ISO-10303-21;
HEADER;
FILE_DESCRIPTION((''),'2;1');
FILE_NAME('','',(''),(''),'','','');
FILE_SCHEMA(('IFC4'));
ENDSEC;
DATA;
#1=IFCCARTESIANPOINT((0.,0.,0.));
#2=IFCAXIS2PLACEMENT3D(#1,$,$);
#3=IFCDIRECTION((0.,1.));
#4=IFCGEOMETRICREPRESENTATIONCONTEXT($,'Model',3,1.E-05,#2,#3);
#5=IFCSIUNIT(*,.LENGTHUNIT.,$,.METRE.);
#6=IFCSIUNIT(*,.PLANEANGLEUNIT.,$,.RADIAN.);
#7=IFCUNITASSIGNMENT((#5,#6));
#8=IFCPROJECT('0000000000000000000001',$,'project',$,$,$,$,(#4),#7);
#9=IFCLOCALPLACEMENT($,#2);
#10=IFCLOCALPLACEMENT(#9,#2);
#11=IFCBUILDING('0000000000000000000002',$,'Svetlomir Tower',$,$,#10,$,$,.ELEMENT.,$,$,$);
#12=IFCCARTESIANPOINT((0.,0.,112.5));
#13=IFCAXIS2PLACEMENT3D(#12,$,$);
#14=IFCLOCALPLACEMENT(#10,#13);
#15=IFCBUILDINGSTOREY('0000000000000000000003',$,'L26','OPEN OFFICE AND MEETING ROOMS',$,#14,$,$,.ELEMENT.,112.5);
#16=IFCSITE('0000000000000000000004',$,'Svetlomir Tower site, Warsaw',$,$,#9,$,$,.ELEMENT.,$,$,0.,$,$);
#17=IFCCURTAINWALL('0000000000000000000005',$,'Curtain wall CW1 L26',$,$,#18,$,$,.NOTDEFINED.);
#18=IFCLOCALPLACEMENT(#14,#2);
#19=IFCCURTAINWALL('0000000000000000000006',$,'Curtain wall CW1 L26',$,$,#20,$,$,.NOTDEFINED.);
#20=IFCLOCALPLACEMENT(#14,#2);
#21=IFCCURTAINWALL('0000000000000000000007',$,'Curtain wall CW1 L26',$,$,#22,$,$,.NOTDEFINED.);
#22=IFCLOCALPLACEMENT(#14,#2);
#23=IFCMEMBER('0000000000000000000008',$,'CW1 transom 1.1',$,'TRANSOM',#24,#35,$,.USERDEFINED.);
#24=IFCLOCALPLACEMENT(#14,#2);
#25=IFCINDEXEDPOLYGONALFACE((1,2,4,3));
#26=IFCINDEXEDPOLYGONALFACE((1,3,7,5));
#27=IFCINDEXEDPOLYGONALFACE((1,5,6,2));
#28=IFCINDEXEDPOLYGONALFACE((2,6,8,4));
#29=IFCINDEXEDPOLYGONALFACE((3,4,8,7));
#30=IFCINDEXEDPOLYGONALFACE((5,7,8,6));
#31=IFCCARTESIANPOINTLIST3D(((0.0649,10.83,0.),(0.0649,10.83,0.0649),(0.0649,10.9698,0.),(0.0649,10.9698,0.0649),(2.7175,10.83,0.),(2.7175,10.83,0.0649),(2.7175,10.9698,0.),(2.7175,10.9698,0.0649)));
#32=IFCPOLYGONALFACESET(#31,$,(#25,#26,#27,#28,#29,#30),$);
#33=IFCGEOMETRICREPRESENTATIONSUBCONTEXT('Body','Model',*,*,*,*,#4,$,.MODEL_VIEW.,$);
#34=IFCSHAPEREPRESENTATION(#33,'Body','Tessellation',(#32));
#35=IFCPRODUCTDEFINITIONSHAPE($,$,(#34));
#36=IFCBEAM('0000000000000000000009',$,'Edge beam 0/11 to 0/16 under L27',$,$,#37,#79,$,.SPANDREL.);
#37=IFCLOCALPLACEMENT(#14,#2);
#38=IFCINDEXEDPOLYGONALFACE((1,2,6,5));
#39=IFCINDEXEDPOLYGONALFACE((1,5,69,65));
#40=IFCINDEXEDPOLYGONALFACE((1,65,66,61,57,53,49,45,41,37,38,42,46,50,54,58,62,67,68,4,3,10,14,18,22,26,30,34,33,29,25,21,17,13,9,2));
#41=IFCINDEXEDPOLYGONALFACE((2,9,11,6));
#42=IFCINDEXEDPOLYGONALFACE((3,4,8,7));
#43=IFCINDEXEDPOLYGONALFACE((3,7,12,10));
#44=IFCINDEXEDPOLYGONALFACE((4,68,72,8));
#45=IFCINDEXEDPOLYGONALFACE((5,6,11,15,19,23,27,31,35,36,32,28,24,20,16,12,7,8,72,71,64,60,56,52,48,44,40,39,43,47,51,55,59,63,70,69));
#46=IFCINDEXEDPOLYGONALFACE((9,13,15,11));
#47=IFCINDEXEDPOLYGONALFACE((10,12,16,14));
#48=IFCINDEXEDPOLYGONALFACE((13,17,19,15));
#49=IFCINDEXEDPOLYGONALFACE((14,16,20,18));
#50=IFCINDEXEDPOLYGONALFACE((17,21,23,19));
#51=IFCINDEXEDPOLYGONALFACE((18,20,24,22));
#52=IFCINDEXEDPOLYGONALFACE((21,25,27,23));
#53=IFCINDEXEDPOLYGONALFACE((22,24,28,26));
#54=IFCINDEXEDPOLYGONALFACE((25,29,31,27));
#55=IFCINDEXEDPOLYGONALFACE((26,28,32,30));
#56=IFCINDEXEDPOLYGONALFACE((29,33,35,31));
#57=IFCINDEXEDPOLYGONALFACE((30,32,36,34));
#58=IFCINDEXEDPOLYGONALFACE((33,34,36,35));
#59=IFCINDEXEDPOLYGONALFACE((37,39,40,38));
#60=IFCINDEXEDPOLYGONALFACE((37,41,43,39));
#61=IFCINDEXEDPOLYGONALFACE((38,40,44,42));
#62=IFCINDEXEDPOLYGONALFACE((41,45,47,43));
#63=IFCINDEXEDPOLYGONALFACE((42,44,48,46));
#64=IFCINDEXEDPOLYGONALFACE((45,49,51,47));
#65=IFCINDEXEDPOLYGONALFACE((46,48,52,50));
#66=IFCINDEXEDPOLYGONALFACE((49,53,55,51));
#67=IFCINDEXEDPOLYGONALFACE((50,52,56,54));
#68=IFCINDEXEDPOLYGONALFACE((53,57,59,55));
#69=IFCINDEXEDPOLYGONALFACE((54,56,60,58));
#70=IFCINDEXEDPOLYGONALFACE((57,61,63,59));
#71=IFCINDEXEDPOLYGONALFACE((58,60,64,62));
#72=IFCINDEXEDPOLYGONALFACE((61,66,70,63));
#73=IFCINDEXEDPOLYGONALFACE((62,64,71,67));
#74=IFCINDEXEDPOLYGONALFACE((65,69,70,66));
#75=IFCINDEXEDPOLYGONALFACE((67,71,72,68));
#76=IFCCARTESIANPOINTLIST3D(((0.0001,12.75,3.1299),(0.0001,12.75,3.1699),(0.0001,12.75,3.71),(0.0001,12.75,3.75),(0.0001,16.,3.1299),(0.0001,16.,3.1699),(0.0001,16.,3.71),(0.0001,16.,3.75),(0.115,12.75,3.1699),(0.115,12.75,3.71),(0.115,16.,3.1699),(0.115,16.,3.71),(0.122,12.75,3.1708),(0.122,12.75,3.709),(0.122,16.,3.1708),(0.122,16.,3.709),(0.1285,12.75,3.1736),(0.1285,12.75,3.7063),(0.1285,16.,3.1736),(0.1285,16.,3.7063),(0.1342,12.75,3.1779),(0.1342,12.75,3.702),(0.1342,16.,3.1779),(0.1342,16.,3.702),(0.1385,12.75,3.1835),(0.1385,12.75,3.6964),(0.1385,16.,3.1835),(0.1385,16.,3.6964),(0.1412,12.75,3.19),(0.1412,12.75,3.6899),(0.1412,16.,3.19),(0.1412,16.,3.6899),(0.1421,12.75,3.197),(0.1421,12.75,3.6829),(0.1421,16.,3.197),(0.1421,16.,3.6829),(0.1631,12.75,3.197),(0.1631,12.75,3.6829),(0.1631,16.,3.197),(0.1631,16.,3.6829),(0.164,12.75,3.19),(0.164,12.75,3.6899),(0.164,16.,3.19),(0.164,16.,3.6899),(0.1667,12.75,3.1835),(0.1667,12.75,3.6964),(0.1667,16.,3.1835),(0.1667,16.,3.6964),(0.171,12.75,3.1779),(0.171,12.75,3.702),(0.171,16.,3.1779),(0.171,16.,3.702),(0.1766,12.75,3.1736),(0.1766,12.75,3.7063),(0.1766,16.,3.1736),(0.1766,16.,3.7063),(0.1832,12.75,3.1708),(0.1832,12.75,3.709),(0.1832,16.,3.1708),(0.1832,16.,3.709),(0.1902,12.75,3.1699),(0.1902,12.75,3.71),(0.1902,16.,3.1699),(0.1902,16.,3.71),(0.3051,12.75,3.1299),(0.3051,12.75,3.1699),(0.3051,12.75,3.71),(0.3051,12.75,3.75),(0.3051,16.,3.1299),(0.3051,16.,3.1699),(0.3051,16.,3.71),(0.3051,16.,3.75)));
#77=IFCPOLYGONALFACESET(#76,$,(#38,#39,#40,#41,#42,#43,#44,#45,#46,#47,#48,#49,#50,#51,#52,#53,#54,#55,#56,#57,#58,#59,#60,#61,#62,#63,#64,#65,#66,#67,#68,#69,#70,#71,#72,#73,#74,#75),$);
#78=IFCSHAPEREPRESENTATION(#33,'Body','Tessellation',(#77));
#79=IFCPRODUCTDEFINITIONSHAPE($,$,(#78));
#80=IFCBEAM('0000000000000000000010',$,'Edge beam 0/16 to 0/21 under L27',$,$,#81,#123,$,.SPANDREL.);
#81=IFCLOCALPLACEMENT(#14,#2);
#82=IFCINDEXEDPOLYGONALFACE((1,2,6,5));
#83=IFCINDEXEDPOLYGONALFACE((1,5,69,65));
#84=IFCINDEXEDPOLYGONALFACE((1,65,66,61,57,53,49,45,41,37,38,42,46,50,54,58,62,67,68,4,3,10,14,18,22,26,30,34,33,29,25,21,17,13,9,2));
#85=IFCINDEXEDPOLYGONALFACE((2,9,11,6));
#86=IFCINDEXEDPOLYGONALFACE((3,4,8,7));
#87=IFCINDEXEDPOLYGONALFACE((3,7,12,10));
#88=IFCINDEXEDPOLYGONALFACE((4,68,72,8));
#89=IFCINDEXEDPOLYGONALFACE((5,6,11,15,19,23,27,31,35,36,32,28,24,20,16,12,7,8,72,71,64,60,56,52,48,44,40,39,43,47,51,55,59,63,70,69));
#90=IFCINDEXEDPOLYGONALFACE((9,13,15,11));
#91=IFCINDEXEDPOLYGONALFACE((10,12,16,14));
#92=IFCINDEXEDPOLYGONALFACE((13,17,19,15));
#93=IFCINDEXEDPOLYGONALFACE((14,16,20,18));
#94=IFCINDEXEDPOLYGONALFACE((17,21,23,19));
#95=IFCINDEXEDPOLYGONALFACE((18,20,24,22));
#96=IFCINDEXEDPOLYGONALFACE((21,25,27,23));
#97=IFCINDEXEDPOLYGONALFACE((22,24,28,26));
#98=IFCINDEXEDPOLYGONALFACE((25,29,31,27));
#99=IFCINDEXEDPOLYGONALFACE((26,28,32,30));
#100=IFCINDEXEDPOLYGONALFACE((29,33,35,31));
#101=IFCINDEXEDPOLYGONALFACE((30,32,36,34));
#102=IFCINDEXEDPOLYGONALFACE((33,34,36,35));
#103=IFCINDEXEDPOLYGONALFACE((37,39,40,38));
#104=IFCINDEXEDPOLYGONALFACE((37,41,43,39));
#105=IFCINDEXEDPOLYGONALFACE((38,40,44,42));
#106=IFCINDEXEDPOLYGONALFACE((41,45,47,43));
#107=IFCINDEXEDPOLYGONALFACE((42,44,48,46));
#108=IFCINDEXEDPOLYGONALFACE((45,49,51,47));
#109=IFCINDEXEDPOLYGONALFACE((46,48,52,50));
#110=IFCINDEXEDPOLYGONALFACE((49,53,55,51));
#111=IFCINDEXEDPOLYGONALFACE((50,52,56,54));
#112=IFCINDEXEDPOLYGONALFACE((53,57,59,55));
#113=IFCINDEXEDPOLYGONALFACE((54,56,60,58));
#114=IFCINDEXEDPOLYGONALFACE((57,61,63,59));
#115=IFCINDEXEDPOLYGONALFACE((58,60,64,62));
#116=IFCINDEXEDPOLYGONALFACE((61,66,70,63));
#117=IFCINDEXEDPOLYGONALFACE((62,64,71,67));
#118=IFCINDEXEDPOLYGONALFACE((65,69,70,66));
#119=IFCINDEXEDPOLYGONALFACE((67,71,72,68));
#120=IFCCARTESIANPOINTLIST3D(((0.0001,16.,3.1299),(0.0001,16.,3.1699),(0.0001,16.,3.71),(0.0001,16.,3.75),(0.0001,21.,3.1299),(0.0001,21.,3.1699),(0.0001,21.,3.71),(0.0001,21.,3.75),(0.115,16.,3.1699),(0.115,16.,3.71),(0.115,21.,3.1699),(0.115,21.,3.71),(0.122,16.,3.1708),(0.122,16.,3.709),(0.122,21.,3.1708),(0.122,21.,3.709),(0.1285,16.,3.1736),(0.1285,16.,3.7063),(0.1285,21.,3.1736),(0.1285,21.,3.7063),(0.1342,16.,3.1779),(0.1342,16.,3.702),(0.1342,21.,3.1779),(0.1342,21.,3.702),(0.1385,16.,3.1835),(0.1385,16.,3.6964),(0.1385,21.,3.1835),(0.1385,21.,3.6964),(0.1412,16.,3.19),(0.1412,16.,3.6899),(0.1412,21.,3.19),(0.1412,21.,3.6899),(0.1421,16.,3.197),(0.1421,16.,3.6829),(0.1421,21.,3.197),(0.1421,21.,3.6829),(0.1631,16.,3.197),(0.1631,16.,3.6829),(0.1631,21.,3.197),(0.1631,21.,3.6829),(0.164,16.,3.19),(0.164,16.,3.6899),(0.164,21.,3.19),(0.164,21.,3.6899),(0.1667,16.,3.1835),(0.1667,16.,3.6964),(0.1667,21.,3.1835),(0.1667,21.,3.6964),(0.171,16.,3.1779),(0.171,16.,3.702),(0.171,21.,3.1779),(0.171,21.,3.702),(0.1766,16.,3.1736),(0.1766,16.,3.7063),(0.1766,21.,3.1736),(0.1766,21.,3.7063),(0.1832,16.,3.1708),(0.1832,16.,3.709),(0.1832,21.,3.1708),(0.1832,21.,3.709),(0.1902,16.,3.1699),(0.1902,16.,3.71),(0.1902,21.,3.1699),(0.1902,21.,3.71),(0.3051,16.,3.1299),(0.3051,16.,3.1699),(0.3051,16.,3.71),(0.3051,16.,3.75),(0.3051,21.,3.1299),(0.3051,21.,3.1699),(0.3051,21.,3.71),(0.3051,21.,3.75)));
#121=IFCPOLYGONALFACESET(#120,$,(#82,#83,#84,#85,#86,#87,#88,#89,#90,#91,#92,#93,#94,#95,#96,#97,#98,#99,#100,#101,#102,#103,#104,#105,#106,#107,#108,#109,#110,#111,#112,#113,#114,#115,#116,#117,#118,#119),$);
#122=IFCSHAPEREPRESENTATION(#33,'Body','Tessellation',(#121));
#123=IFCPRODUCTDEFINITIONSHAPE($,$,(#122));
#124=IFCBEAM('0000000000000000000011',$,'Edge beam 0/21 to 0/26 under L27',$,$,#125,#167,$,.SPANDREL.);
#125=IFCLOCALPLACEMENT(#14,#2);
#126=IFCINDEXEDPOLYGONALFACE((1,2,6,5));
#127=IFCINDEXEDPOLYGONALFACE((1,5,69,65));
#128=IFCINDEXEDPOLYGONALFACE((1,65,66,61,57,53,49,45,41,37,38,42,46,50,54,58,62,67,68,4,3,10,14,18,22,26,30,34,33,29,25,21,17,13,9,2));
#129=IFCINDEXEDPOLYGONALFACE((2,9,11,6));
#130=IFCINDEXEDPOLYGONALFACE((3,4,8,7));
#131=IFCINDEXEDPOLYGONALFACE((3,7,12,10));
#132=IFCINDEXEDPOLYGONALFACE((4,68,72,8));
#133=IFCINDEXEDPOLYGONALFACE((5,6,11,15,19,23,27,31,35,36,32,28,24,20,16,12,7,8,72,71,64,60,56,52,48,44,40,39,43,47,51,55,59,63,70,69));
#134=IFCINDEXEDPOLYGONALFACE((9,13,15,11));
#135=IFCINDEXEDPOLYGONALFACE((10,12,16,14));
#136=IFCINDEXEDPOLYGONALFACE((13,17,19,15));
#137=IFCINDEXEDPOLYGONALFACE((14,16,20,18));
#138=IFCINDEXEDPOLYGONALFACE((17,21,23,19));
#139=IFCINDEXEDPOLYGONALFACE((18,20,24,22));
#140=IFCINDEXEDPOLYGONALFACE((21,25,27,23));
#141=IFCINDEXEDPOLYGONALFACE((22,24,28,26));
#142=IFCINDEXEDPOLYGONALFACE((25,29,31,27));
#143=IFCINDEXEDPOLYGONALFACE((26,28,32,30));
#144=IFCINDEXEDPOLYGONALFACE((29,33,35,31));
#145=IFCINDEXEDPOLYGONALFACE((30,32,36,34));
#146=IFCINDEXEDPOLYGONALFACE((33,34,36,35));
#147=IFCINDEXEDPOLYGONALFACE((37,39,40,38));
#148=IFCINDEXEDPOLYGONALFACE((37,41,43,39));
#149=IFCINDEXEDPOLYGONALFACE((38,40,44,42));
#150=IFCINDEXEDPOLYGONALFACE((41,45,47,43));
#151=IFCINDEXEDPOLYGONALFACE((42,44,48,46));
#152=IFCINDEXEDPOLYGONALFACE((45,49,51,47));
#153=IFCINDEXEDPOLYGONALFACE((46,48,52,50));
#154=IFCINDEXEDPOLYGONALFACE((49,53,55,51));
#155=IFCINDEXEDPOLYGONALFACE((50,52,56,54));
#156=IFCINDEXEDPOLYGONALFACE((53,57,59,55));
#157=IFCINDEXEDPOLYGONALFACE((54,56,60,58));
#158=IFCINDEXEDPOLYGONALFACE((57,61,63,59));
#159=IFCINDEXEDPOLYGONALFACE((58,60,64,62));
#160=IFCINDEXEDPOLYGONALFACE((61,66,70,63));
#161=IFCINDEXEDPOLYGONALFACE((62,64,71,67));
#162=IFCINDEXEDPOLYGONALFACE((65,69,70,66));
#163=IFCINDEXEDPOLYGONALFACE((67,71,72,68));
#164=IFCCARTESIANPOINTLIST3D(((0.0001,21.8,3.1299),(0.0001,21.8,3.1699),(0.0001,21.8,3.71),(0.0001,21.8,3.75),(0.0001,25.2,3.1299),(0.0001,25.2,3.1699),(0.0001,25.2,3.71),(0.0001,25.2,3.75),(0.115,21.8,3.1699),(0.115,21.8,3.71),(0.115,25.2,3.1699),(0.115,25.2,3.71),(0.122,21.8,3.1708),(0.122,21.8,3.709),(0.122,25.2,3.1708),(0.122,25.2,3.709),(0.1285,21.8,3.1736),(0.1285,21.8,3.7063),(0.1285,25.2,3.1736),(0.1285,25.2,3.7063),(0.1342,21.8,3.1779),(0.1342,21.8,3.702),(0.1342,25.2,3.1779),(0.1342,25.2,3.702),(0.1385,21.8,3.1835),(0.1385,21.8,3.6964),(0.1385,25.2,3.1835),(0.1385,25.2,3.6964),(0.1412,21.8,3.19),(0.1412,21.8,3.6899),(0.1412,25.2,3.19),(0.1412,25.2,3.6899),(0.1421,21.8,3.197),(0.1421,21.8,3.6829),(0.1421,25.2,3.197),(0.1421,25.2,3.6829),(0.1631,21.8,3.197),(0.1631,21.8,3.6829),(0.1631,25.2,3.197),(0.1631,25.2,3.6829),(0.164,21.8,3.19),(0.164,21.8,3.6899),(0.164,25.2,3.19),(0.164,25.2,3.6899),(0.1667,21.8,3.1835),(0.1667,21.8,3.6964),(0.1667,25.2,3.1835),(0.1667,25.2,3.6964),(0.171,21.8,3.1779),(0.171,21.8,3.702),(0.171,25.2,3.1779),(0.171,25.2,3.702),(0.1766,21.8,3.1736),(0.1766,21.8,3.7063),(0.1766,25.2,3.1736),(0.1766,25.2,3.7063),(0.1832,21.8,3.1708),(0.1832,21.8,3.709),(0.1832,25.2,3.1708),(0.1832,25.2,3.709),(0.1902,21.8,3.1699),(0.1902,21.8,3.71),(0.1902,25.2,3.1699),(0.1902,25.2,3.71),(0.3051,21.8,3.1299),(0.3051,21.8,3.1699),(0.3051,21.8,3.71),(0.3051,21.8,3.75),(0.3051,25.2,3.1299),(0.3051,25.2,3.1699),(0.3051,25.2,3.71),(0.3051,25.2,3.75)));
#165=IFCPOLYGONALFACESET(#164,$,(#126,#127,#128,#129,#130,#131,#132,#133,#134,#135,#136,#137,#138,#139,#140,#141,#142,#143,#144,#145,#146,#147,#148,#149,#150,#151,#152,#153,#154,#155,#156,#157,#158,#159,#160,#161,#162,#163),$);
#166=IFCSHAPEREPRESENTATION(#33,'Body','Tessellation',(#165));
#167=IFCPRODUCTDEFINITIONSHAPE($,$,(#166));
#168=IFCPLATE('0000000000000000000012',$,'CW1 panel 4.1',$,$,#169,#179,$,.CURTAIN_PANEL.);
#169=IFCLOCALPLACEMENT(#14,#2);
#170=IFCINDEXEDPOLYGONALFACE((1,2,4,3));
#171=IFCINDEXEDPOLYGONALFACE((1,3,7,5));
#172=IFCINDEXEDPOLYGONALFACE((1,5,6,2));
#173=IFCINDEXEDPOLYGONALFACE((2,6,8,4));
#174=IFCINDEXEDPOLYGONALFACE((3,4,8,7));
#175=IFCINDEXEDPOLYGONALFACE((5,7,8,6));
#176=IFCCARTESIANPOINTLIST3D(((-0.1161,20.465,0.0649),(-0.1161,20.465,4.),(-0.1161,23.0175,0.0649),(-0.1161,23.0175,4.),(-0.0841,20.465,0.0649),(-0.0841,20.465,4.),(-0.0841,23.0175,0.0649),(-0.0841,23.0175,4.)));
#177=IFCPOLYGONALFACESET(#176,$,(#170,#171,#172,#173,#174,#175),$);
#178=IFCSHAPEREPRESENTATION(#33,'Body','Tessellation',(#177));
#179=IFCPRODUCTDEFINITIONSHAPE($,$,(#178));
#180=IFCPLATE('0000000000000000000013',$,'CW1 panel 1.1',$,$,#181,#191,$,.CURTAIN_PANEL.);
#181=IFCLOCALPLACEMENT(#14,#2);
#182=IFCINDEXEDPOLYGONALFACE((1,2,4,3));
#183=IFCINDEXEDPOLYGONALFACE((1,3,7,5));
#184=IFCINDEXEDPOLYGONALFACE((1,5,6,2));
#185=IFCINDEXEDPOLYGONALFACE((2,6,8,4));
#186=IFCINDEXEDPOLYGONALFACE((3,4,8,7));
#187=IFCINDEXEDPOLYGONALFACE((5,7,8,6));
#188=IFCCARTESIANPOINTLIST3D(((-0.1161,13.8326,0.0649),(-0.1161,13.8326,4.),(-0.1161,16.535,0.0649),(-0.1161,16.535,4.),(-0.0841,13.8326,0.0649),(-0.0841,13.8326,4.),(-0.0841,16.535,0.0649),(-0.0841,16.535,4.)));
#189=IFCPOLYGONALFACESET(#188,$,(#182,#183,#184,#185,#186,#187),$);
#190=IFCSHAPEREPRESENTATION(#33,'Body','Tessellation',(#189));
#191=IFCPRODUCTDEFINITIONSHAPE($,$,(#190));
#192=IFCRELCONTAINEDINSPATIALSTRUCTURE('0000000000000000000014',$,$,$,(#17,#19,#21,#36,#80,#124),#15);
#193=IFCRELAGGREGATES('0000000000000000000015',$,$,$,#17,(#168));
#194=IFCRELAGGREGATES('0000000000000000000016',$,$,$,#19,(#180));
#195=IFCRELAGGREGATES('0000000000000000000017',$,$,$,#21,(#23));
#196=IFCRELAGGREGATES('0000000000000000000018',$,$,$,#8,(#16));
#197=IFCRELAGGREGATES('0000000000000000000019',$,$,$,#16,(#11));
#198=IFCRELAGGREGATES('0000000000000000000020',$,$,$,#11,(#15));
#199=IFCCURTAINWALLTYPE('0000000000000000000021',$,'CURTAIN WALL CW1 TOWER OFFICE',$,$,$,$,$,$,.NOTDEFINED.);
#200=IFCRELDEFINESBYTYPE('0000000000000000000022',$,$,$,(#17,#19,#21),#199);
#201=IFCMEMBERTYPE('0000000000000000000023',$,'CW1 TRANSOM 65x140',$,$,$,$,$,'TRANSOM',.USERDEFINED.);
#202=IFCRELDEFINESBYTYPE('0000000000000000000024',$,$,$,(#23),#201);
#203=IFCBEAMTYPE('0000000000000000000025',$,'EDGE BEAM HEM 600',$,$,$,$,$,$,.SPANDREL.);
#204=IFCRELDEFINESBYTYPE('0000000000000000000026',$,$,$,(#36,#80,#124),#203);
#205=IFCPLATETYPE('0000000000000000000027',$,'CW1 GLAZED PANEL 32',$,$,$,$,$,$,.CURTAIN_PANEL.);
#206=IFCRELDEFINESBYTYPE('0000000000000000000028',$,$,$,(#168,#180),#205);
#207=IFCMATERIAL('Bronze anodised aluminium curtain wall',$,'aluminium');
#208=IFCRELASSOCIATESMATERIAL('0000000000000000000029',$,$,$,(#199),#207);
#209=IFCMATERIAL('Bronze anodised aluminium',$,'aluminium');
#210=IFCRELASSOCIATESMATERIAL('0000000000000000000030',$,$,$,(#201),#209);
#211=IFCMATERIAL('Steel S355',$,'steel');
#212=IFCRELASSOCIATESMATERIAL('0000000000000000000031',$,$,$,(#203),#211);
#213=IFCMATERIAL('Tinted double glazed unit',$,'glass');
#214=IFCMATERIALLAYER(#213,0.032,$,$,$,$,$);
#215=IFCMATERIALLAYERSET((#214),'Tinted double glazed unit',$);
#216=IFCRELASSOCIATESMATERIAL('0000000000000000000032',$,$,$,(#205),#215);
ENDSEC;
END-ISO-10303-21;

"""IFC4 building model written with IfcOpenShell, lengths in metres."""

from ifc_helpers import new_model, si_unit, direction, frame, origin, origin_2d, place, context, subcontext, project, spatial, rectangle, i_section, extrude, material, layer, layer_set, material_profile, profile_set, type_object, element, aggregate, save


model = new_model("IFC4")

# Units and contexts
model_context = context("Model", 3, precision=1e-05, world=origin(), true_north=direction((0.0, 1.0)))
body_context = subcontext(model_context, "Body", "Model", "MODEL_VIEW")
ifc_project = project(units=[si_unit("LENGTHUNIT", "METRE"), si_unit("PLANEANGLEUNIT", "RADIAN")], contexts=[model_context])

# Site, building, storey
site_placement = place(None, origin())
site = spatial("IfcSite", under=ifc_project, at=site_placement, Name="Svetlomir Tower site, Warsaw", CompositionType="ELEMENT", RefElevation=0.0)
building_placement = place(site_placement, origin())
building = spatial("IfcBuilding", under=site, at=building_placement, Name="Svetlomir Tower", CompositionType="ELEMENT")
storey_placement = place(building_placement, frame((0.0, 0.0, 112.5)))
storey = spatial("IfcBuildingStorey", under=building, at=storey_placement, Name="L26", Description="OPEN OFFICE AND MEETING ROOMS", CompositionType="ELEMENT", Elevation=112.5)

# Curtain walls
ifc_material_1 = material(Name="Bronze anodised aluminium curtain wall", Category="aluminium")
curtain_wall_type = type_object("IfcCurtainWallType", Name="CURTAIN WALL CW1 TOWER OFFICE", PredefinedType="NOTDEFINED", material=ifc_material_1)
curtain_wall_1_placement = place(storey_placement, origin())
curtain_wall_1 = element("IfcCurtainWall", 1, at=curtain_wall_1_placement, inside=storey, type_object=curtain_wall_type, Name="Curtain wall CW1 L26", PredefinedType="NOTDEFINED")
curtain_wall_2_placement = place(storey_placement, origin())
curtain_wall_2 = element("IfcCurtainWall", 2, at=curtain_wall_2_placement, inside=storey, type_object=curtain_wall_type, Name="Curtain wall CW1 L26", PredefinedType="NOTDEFINED")

# Curtain wall
curtain_wall_3_placement = place(storey_placement, origin())
curtain_wall_3 = element("IfcCurtainWall", 3, at=curtain_wall_3_placement, inside=storey, type_object=curtain_wall_type, Name="Curtain wall CW1 L26", PredefinedType="NOTDEFINED")

# Member
ifc_material_2 = material(Name="Bronze anodised aluminium", Category="aluminium")
ifc_material_profile_1 = material_profile(ifc_material_2, rectangle(XDim=0.1399, YDim=0.0649, at=origin_2d()), Name="AL 140x65")
ifc_profile_set_1 = profile_set([ifc_material_profile_1], Name="Bronze anodised aluminium 6063-T6")
member_type_1 = type_object("IfcMemberType", Name="CW1 TRANSOM 65x140", ElementType="TRANSOM", PredefinedType="USERDEFINED", material=ifc_profile_set_1)
member_1_placement = place(storey_placement, frame((0.0649, 10.8999, 0.0325), z_axis=(1.0, 0.0, 0.0), x_axis=(0.0, 1.0, 0.0)))
member_1 = element("IfcMember", 4, at=member_1_placement, type_object=member_type_1, Name="CW1 transom 1.1", ObjectType="TRANSOM", PredefinedType="USERDEFINED", context=body_context, shape_type="SweptSolid", body=[
    extrude(rectangle(XDim=0.1399, YDim=0.0649, at=origin_2d()), origin(), (0.0, 0.0, 1.0), 2.6526),
])

# Beams
ifc_material_3 = material(Name="Steel S355", Category="steel")
ifc_material_profile_2 = material_profile(ifc_material_3, i_section(OverallWidth=0.3049, OverallDepth=0.6201, WebThickness=0.021, FlangeThickness=0.04, FilletRadius=0.0271, at=origin_2d()), Name="HEM 600")
ifc_profile_set_2 = profile_set([ifc_material_profile_2], Name="Steel S355")
beam_type_1 = type_object("IfcBeamType", Name="EDGE BEAM HEM 600", PredefinedType="SPANDREL", material=ifc_profile_set_2)
beam_1_placement = place(storey_placement, frame((0.1526, 12.75, 3.4399), z_axis=(0.0, 1.0, 0.0), x_axis=(-1.0, 0.0, 0.0)))
element("IfcBeam", 5, at=beam_1_placement, inside=storey, type_object=beam_type_1, Name="Edge beam 0/11 to 0/16 under L27", PredefinedType="SPANDREL", context=body_context, shape_type="SweptSolid", body=[
    extrude(i_section(OverallWidth=0.3049, OverallDepth=0.6201, WebThickness=0.021, FlangeThickness=0.04, FilletRadius=0.0271, at=origin_2d()), origin(), (0.0, 0.0, 1.0), 3.25),
])
beam_2_placement = place(storey_placement, frame((0.1526, 16.0, 3.4399), z_axis=(0.0, 1.0, 0.0), x_axis=(-1.0, 0.0, 0.0)))
element("IfcBeam", 6, at=beam_2_placement, inside=storey, type_object=beam_type_1, Name="Edge beam 0/16 to 0/21 under L27", PredefinedType="SPANDREL", context=body_context, shape_type="SweptSolid", body=[
    extrude(i_section(OverallWidth=0.3049, OverallDepth=0.6201, WebThickness=0.021, FlangeThickness=0.04, FilletRadius=0.0271, at=origin_2d()), origin(), (0.0, 0.0, 1.0), 5.0),
])
beam_3_placement = place(storey_placement, frame((0.1526, 21.8, 3.4399), z_axis=(0.0, 1.0, 0.0), x_axis=(-1.0, 0.0, 0.0)))
element("IfcBeam", 7, at=beam_3_placement, inside=storey, type_object=beam_type_1, Name="Edge beam 0/21 to 0/26 under L27", PredefinedType="SPANDREL", context=body_context, shape_type="SweptSolid", body=[
    extrude(i_section(OverallWidth=0.3049, OverallDepth=0.6201, WebThickness=0.021, FlangeThickness=0.04, FilletRadius=0.0271, at=origin_2d()), origin(), (0.0, 0.0, 1.0), 3.3999),
])

# Plates
ifc_material_4 = material(Name="Tinted double glazed unit", Category="glass")
ifc_layer_1 = layer(ifc_material_4, 0.032)
ifc_layer_set_1 = layer_set([ifc_layer_1], Name="Tinted double glazed unit")
plate_type = type_object("IfcPlateType", Name="CW1 GLAZED PANEL 32", PredefinedType="CURTAIN_PANEL", material=ifc_layer_set_1)
plate_1_placement = place(storey_placement, frame((-0.1001, 21.7412, 0.0649), z_axis=(0.0, 0.0, 1.0), x_axis=(0.0, -1.0, 0.0)))
plate_1 = element("IfcPlate", 8, at=plate_1_placement, type_object=plate_type, Name="CW1 panel 4.1", PredefinedType="CURTAIN_PANEL", context=body_context, shape_type="SweptSolid", body=[
    extrude(rectangle(XDim=2.5525, YDim=0.032, at=origin_2d()), origin(), (0.0, 0.0, 1.0), 3.9351),
])
aggregate(curtain_wall_1, [plate_1])
plate_2_placement = place(storey_placement, frame((-0.1001, 15.1838, 0.0649), z_axis=(0.0, 0.0, 1.0), x_axis=(0.0, -1.0, 0.0)))
plate_2 = element("IfcPlate", 9, at=plate_2_placement, type_object=plate_type, Name="CW1 panel 1.1", PredefinedType="CURTAIN_PANEL", context=body_context, shape_type="SweptSolid", body=[
    extrude(rectangle(XDim=2.7024, YDim=0.032, at=origin_2d()), origin(), (0.0, 0.0, 1.0), 3.9351),
])
aggregate(curtain_wall_2, [plate_2])
aggregate(curtain_wall_3, [member_1])

save(model, "model.ifc")
